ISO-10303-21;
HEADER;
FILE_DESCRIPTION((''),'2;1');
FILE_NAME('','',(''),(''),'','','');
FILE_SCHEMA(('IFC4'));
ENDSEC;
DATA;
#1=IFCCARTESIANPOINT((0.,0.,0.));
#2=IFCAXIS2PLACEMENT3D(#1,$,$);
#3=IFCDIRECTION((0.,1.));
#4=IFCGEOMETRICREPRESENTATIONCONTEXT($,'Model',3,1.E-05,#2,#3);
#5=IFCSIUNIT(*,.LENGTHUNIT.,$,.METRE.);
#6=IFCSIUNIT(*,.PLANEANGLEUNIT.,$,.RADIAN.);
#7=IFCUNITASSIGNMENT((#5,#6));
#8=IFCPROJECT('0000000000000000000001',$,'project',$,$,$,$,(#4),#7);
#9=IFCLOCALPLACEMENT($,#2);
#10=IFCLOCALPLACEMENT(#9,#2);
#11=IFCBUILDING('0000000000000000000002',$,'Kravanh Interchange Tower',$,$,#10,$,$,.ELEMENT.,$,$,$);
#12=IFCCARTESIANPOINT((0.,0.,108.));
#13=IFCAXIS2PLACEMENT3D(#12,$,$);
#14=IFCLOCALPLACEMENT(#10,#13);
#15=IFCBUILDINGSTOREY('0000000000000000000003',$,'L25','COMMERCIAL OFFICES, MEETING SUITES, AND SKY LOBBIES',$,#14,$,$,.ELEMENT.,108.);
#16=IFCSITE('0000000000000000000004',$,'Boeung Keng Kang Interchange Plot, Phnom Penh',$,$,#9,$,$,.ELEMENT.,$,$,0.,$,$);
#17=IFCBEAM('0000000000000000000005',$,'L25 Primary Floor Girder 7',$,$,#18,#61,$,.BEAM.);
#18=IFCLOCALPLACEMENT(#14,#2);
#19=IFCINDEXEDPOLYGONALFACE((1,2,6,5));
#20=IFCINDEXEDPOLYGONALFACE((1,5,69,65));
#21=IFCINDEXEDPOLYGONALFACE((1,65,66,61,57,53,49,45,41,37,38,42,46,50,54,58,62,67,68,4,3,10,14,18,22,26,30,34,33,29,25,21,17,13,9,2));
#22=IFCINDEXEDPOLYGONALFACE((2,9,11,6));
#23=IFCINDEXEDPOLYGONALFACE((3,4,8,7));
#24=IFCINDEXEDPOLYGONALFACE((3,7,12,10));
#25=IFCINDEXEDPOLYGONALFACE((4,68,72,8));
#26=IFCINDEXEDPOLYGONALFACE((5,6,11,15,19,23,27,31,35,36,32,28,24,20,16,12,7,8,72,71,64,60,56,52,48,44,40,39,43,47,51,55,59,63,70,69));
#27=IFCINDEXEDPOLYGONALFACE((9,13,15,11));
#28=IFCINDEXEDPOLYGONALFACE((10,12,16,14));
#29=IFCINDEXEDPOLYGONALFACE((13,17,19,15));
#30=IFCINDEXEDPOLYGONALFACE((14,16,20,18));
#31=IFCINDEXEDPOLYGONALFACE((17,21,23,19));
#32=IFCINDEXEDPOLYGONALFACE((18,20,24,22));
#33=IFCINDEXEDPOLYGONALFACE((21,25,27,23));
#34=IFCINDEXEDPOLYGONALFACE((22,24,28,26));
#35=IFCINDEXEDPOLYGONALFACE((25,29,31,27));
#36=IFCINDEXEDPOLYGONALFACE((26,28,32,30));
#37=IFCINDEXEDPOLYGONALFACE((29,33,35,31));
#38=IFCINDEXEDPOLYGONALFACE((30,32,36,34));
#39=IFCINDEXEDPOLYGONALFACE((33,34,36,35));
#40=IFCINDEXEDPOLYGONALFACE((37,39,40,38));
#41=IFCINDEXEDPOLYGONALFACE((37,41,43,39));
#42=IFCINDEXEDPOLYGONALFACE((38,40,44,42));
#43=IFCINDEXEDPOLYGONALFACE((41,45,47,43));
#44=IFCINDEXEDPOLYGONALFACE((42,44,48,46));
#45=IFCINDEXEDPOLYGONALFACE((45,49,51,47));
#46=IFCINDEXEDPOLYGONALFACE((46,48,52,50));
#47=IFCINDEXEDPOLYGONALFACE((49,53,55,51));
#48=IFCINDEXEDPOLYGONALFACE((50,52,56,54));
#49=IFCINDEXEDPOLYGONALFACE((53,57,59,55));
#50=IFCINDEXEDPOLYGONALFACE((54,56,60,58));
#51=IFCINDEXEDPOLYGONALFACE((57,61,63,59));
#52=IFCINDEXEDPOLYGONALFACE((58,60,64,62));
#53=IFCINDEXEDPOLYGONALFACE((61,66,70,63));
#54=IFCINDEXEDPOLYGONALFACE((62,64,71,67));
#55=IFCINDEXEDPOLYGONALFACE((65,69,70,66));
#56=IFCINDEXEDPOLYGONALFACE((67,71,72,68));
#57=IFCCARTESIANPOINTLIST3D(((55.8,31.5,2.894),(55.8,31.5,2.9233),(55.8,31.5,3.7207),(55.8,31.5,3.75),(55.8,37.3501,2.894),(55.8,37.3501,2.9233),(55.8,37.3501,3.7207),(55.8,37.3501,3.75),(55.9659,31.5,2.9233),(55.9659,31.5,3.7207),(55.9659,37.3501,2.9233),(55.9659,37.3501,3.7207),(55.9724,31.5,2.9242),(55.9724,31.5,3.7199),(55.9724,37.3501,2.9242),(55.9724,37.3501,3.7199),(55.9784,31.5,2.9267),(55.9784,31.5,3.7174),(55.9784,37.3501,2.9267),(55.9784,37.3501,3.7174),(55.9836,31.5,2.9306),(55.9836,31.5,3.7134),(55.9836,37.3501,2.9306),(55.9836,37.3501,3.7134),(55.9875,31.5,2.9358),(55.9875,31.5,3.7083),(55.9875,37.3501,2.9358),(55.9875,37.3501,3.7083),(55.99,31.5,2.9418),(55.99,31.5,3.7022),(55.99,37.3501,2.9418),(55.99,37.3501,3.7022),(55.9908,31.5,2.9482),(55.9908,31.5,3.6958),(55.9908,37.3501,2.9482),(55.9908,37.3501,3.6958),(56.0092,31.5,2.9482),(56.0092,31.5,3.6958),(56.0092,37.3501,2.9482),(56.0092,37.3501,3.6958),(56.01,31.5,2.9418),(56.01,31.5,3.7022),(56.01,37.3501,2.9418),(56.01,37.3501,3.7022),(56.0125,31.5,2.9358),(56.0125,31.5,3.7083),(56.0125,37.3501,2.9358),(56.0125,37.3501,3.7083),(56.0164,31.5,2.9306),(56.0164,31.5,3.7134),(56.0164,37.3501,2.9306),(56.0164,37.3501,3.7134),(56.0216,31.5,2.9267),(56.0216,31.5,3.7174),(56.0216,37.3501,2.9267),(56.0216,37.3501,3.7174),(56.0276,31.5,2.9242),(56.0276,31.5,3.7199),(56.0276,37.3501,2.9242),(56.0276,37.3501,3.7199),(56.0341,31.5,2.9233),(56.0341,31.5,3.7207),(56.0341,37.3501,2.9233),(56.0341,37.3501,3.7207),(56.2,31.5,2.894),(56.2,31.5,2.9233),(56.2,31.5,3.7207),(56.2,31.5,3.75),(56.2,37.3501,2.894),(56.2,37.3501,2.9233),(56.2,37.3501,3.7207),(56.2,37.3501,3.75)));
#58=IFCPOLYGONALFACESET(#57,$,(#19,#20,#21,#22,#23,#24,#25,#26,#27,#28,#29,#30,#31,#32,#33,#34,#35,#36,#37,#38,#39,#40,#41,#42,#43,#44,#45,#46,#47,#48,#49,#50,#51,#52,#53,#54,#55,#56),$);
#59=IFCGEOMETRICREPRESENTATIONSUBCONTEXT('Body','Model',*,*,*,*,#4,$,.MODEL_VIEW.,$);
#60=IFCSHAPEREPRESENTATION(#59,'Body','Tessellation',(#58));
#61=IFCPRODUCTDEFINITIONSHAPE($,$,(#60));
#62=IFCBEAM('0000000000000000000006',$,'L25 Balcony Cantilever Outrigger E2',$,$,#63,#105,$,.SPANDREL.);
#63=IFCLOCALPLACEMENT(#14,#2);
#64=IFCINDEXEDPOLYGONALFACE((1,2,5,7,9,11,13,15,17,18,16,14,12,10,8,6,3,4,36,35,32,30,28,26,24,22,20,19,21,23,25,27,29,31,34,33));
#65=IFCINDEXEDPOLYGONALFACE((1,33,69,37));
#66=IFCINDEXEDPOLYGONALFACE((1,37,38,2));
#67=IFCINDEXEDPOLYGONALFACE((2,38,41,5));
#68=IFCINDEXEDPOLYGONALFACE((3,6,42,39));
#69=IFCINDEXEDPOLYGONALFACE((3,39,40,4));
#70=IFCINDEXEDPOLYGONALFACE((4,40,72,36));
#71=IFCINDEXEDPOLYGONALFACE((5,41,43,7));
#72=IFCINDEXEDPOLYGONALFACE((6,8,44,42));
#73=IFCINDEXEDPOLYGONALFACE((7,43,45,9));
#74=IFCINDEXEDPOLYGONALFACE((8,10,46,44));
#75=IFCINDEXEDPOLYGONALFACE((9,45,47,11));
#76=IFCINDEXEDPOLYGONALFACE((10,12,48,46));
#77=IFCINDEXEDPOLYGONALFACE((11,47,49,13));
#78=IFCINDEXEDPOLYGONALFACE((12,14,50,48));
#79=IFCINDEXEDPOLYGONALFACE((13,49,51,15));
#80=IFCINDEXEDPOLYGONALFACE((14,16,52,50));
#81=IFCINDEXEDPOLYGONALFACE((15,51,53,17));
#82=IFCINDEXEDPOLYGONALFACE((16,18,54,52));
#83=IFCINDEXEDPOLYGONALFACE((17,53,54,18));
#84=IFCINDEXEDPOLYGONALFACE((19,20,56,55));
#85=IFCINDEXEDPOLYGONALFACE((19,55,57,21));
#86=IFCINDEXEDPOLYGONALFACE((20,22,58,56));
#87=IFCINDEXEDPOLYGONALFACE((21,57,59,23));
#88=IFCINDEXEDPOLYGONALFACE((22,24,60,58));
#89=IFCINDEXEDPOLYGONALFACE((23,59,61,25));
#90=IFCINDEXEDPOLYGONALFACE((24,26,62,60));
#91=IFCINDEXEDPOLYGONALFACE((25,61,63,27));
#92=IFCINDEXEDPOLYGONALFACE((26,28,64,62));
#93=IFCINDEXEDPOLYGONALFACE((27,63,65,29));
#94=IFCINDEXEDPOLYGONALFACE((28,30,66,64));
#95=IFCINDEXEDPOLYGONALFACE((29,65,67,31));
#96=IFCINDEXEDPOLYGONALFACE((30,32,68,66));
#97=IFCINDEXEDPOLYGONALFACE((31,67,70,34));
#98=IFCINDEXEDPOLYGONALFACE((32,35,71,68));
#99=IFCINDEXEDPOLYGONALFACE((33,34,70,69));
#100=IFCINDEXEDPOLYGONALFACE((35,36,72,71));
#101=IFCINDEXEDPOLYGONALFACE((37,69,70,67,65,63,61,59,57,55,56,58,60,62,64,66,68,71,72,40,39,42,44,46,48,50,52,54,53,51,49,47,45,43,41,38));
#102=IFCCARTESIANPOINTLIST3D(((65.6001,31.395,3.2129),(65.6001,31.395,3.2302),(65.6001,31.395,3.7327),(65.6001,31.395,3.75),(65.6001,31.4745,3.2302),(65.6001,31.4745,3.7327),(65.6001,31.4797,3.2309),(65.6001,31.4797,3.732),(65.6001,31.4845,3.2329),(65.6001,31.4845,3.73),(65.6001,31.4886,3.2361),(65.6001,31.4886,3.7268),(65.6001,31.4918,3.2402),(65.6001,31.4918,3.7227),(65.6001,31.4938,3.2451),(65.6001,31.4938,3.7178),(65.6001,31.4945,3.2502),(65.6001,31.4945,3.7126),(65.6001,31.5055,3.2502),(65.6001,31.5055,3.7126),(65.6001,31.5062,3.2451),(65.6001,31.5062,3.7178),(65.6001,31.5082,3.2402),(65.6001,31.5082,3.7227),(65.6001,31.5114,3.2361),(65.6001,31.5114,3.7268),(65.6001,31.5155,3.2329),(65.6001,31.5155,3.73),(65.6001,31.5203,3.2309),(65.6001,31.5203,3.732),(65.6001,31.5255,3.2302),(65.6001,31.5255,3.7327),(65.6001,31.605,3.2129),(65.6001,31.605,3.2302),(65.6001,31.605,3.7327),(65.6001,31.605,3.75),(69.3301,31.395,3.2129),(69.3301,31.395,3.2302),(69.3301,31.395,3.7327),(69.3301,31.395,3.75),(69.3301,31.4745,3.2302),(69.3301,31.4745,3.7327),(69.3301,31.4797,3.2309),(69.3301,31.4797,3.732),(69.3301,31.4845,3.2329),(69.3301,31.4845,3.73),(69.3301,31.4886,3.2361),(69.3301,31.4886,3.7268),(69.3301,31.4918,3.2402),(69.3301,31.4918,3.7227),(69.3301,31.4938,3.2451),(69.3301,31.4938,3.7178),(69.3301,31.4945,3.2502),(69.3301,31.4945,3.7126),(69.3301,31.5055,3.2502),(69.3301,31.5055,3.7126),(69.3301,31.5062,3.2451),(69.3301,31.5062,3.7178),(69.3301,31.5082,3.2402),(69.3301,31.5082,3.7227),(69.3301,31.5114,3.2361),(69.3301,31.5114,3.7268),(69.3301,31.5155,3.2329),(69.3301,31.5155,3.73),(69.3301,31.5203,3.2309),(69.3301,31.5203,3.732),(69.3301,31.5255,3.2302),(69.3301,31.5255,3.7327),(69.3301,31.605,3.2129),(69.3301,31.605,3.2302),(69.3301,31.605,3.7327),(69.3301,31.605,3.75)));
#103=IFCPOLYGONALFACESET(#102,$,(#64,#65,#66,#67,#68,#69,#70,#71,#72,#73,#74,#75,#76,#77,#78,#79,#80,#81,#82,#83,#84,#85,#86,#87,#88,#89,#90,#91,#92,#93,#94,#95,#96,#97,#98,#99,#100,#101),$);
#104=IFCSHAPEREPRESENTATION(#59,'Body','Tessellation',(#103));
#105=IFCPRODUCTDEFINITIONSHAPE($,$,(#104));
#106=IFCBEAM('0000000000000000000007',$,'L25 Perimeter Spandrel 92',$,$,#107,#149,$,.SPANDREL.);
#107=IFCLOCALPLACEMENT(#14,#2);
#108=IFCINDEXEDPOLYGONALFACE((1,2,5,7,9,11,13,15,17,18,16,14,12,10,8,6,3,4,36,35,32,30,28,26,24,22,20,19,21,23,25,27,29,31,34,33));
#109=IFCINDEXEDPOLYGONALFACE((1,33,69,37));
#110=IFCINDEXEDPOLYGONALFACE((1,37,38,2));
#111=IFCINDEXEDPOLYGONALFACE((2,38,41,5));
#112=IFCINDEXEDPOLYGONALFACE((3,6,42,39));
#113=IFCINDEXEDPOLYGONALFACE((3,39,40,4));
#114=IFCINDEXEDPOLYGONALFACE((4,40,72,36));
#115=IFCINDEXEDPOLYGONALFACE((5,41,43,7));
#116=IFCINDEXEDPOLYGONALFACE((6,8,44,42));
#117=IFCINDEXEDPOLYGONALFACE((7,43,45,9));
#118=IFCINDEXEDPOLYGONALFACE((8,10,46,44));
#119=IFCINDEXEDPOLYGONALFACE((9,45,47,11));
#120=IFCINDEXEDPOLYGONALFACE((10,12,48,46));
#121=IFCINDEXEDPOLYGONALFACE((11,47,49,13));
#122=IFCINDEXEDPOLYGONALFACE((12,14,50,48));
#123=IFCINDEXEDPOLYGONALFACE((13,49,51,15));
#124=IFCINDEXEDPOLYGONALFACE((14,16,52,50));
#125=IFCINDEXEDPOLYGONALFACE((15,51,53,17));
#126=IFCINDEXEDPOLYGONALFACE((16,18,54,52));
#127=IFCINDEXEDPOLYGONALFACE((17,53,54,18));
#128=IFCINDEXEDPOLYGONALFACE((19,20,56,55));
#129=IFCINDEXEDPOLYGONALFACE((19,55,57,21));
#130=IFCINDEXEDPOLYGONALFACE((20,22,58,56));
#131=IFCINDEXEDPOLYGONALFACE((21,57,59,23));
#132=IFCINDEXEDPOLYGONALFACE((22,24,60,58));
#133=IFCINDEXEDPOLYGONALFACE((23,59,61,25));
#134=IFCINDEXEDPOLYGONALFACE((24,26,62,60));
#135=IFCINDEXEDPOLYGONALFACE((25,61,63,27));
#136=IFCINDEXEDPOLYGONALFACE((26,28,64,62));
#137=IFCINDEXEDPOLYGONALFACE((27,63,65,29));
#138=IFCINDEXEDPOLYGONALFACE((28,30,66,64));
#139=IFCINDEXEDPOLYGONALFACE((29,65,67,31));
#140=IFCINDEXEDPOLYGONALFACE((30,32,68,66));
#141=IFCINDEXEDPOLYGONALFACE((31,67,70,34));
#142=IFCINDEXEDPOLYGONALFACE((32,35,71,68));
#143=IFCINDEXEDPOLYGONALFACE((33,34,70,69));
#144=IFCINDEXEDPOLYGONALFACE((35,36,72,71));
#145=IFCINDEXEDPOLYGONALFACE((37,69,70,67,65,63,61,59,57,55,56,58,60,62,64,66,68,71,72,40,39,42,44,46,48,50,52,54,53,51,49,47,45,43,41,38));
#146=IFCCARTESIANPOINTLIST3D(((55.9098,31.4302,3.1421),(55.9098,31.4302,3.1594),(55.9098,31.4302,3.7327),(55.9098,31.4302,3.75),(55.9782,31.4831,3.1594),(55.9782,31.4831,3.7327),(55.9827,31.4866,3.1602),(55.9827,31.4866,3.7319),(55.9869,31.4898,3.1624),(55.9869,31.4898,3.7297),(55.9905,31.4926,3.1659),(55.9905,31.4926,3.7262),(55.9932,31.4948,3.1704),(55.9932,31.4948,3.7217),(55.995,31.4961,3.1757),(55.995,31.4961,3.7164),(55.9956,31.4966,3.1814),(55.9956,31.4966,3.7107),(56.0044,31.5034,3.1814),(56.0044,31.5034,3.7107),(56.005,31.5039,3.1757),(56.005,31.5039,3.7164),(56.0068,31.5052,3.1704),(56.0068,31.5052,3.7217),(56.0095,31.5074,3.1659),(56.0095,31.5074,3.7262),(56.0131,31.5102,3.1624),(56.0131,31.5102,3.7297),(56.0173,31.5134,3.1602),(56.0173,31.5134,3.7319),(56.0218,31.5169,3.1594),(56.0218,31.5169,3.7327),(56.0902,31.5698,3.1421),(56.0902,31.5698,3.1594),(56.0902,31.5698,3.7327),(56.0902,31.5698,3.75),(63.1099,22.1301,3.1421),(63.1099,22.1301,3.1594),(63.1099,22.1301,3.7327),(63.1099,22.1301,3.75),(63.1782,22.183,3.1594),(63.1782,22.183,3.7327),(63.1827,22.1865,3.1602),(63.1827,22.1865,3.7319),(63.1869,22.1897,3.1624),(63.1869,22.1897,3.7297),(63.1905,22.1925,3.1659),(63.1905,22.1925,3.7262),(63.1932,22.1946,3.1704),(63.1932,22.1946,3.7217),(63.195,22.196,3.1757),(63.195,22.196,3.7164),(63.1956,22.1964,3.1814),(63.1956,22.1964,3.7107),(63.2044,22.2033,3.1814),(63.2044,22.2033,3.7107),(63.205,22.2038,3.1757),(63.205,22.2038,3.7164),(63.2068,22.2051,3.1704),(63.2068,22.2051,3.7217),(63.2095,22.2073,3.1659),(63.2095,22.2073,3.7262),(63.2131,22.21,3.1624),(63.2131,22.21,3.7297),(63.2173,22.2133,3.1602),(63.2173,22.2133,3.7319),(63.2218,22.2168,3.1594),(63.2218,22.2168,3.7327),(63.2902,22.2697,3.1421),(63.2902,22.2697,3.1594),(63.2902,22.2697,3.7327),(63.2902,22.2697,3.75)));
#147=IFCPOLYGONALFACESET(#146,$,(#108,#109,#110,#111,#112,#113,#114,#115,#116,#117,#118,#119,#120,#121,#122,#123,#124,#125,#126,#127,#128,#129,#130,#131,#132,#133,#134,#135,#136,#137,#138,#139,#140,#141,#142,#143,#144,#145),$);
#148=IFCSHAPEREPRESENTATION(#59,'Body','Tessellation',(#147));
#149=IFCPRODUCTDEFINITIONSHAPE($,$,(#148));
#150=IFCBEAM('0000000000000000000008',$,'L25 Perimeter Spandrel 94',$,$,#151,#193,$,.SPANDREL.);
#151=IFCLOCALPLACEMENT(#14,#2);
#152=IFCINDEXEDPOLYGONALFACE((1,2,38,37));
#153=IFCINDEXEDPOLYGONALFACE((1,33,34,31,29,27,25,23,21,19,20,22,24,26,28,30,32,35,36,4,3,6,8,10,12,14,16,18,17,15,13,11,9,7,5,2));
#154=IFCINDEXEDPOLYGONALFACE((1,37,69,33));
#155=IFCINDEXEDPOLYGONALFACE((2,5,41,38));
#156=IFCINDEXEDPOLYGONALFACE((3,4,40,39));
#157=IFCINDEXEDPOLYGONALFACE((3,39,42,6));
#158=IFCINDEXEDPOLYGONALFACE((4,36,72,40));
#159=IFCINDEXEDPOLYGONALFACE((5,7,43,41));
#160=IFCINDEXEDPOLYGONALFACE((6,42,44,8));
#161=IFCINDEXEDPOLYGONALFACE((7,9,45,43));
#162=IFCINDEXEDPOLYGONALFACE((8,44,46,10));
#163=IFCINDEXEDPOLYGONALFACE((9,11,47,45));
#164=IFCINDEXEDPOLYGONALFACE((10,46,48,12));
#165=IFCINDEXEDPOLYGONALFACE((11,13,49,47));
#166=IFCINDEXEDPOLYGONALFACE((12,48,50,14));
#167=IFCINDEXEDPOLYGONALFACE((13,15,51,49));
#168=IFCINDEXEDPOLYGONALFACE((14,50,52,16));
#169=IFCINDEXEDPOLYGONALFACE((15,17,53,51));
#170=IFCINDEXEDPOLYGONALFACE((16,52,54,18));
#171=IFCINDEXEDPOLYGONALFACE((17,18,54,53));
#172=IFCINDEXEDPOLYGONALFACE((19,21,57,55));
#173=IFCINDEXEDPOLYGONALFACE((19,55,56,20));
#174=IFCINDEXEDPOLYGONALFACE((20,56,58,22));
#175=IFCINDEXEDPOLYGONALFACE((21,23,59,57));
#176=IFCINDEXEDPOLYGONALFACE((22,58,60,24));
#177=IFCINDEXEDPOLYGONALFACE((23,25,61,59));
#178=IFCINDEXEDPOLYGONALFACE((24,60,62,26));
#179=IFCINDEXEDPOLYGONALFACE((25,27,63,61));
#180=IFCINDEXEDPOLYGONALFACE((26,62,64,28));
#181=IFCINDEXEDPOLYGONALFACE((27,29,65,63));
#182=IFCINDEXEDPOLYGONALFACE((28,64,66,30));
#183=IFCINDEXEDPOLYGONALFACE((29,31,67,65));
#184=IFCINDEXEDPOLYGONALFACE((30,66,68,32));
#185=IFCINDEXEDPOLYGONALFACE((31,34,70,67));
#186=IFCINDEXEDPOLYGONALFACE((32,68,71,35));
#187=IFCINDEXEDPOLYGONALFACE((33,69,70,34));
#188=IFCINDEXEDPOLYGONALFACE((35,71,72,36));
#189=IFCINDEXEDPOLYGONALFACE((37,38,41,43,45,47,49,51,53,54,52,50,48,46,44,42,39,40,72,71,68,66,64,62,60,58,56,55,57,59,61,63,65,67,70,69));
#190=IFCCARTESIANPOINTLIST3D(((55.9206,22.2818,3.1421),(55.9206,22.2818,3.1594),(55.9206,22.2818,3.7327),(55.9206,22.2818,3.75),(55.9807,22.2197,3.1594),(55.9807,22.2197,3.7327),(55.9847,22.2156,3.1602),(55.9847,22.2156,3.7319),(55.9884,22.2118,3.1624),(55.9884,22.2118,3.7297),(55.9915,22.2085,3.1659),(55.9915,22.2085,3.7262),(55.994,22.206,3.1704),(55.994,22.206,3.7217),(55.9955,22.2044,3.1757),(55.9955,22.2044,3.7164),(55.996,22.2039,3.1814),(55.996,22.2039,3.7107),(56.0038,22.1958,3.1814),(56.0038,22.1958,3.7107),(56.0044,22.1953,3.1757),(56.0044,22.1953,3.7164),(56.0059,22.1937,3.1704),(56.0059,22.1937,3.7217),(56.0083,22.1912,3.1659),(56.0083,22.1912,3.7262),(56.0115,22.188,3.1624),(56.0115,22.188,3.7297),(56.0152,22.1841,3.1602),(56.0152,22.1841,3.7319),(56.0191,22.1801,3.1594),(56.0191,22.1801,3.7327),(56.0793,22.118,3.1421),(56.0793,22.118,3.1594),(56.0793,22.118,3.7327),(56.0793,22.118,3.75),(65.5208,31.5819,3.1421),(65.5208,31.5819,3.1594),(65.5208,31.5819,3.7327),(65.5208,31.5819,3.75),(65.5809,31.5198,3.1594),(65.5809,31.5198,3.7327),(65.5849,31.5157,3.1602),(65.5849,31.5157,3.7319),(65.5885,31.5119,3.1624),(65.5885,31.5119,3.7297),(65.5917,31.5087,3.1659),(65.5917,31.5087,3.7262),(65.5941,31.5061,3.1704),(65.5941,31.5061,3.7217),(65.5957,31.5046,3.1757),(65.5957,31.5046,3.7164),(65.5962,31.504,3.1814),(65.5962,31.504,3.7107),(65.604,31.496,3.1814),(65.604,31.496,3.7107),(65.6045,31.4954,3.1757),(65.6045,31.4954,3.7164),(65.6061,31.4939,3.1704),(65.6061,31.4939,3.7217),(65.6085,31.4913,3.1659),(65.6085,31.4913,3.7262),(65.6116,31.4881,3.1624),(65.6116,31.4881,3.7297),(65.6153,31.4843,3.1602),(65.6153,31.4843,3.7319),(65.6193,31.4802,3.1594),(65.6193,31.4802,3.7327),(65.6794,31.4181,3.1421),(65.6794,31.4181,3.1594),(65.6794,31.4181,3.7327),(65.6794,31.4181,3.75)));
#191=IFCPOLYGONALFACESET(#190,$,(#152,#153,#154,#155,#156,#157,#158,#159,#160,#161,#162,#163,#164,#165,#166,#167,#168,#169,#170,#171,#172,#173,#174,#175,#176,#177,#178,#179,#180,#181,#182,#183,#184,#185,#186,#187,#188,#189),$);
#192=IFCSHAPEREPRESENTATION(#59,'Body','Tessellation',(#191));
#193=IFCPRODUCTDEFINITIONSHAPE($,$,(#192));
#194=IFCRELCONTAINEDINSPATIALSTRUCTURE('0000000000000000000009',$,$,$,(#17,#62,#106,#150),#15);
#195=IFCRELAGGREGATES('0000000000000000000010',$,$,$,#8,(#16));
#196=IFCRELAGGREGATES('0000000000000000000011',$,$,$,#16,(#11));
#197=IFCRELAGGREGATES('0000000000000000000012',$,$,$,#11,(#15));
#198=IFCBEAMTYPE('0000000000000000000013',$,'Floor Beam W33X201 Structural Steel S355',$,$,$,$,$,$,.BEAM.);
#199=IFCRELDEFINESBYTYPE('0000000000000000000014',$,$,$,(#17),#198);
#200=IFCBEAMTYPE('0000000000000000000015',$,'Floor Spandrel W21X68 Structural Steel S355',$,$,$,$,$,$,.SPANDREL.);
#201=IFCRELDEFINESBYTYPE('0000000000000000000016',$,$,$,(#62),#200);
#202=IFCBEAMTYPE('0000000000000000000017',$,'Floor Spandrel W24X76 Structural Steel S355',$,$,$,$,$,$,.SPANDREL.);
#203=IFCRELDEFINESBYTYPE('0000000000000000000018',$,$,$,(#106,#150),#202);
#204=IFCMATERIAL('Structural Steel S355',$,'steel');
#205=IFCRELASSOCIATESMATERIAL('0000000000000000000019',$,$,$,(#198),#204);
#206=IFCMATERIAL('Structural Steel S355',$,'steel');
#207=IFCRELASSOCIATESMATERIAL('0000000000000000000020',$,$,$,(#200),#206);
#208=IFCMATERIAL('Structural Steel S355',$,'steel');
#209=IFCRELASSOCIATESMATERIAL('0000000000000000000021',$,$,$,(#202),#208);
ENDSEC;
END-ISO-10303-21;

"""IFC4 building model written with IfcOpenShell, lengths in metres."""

from ifc_helpers import new_model, si_unit, direction, frame, origin, origin_2d, place, context, subcontext, project, spatial, i_section, extrude, material, material_profile, profile_set, type_object, element, save


model = new_model("IFC4")

# Units and contexts
model_context = context("Model", 3, precision=1e-05, world=origin(), true_north=direction((0.0, 1.0)))
body_context = subcontext(model_context, "Body", "Model", "MODEL_VIEW")
ifc_project = project(units=[si_unit("LENGTHUNIT", "METRE"), si_unit("PLANEANGLEUNIT", "RADIAN")], contexts=[model_context])

# Site, building, storey
site_placement = place(None, origin())
site = spatial("IfcSite", under=ifc_project, at=site_placement, Name="Boeung Keng Kang Interchange Plot, Phnom Penh", CompositionType="ELEMENT", RefElevation=0.0)
building_placement = place(site_placement, origin())
building = spatial("IfcBuilding", under=site, at=building_placement, Name="Kravanh Interchange Tower", CompositionType="ELEMENT")
storey_placement = place(building_placement, frame((0.0, 0.0, 108.0)))
storey = spatial("IfcBuildingStorey", under=building, at=storey_placement, Name="L25", Description="COMMERCIAL OFFICES, MEETING SUITES, AND SKY LOBBIES", CompositionType="ELEMENT", Elevation=108.0)

# Beams
ifc_material_1 = material(Name="Structural Steel S355", Category="steel")
ifc_material_profile_1 = material_profile(ifc_material_1, i_section(OverallWidth=0.3999, OverallDepth=0.856, WebThickness=0.0183, FlangeThickness=0.0293, FilletRadius=0.0249, at=origin_2d()), Name="W33X201")
ifc_profile_set_1 = profile_set([ifc_material_profile_1], Name="Structural Steel S355")
beam_type_1 = type_object("IfcBeamType", Name="Floor Beam W33X201 Structural Steel S355", PredefinedType="BEAM", material=ifc_profile_set_1)
beam_1_placement = place(storey_placement, frame((56.0, 37.3501, 3.322), z_axis=(0.0, -1.0, 0.0), x_axis=(1.0, 0.0, 0.0)))
element("IfcBeam", 1, at=beam_1_placement, inside=storey, type_object=beam_type_1, Name="L25 Primary Floor Girder 7", PredefinedType="BEAM", context=body_context, shape_type="SweptSolid", body=[
    extrude(i_section(OverallWidth=0.3999, OverallDepth=0.856, WebThickness=0.0183, FlangeThickness=0.0293, FilletRadius=0.0249, at=origin_2d()), origin(), (0.0, 0.0, 1.0), 5.8501),
])
ifc_material_2 = material(Name="Structural Steel S355", Category="steel")
ifc_material_profile_2 = material_profile(ifc_material_2, i_section(OverallWidth=0.21, OverallDepth=0.5371, WebThickness=0.011, FlangeThickness=0.0173, FilletRadius=0.02, at=origin_2d()), Name="W21X68")
ifc_profile_set_2 = profile_set([ifc_material_profile_2], Name="Structural Steel S355")
beam_type_2 = type_object("IfcBeamType", Name="Floor Spandrel W21X68 Structural Steel S355", PredefinedType="SPANDREL", material=ifc_profile_set_2)
beam_2_placement = place(storey_placement, frame((65.6001, 31.5, 3.4814), z_axis=(1.0, 0.0, 0.0), x_axis=(0.0, 1.0, 0.0)))
element("IfcBeam", 2, at=beam_2_placement, inside=storey, type_object=beam_type_2, Name="L25 Balcony Cantilever Outrigger E2", PredefinedType="SPANDREL", context=body_context, shape_type="SweptSolid", body=[
    extrude(i_section(OverallWidth=0.21, OverallDepth=0.5371, WebThickness=0.011, FlangeThickness=0.0173, FilletRadius=0.02, at=origin_2d()), origin(), (0.0, 0.0, 1.0), 3.73),
])
ifc_material_3 = material(Name="Structural Steel S355", Category="steel")
ifc_material_profile_3 = material_profile(ifc_material_3, i_section(OverallWidth=0.228, OverallDepth=0.6079, WebThickness=0.0112, FlangeThickness=0.0173, FilletRadius=0.022, at=origin_2d()), Name="W24X76")
ifc_profile_set_3 = profile_set([ifc_material_profile_3], Name="Structural Steel S355")
beam_type_3 = type_object("IfcBeamType", Name="Floor Spandrel W24X76 Structural Steel S355", PredefinedType="SPANDREL", material=ifc_profile_set_3)
beam_3_placement = place(storey_placement, frame((56.0, 31.5, 3.446), z_axis=(0.612169, -0.790727, 0.0), x_axis=(0.790727, 0.612169, 0.0)))
element("IfcBeam", 3, at=beam_3_placement, inside=storey, type_object=beam_type_3, Name="L25 Perimeter Spandrel 92", PredefinedType="SPANDREL", context=body_context, shape_type="SweptSolid", body=[
    extrude(i_section(OverallWidth=0.228, OverallDepth=0.6079, WebThickness=0.0112, FlangeThickness=0.0173, FilletRadius=0.022, at=origin_2d()), origin(), (0.0, 0.0, 1.0), 11.7615),
])
beam_4_placement = place(storey_placement, frame((65.6001, 31.5, 3.446), z_axis=(-0.718242, -0.695793, 0.0), x_axis=(0.695793, -0.718242, 0.0)))
element("IfcBeam", 4, at=beam_4_placement, inside=storey, type_object=beam_type_3, Name="L25 Perimeter Spandrel 94", PredefinedType="SPANDREL", context=body_context, shape_type="SweptSolid", body=[
    extrude(i_section(OverallWidth=0.228, OverallDepth=0.6079, WebThickness=0.0112, FlangeThickness=0.0173, FilletRadius=0.022, at=origin_2d()), origin(), (0.0, 0.0, 1.0), 13.3662),
])

save(model, "model.ifc")
